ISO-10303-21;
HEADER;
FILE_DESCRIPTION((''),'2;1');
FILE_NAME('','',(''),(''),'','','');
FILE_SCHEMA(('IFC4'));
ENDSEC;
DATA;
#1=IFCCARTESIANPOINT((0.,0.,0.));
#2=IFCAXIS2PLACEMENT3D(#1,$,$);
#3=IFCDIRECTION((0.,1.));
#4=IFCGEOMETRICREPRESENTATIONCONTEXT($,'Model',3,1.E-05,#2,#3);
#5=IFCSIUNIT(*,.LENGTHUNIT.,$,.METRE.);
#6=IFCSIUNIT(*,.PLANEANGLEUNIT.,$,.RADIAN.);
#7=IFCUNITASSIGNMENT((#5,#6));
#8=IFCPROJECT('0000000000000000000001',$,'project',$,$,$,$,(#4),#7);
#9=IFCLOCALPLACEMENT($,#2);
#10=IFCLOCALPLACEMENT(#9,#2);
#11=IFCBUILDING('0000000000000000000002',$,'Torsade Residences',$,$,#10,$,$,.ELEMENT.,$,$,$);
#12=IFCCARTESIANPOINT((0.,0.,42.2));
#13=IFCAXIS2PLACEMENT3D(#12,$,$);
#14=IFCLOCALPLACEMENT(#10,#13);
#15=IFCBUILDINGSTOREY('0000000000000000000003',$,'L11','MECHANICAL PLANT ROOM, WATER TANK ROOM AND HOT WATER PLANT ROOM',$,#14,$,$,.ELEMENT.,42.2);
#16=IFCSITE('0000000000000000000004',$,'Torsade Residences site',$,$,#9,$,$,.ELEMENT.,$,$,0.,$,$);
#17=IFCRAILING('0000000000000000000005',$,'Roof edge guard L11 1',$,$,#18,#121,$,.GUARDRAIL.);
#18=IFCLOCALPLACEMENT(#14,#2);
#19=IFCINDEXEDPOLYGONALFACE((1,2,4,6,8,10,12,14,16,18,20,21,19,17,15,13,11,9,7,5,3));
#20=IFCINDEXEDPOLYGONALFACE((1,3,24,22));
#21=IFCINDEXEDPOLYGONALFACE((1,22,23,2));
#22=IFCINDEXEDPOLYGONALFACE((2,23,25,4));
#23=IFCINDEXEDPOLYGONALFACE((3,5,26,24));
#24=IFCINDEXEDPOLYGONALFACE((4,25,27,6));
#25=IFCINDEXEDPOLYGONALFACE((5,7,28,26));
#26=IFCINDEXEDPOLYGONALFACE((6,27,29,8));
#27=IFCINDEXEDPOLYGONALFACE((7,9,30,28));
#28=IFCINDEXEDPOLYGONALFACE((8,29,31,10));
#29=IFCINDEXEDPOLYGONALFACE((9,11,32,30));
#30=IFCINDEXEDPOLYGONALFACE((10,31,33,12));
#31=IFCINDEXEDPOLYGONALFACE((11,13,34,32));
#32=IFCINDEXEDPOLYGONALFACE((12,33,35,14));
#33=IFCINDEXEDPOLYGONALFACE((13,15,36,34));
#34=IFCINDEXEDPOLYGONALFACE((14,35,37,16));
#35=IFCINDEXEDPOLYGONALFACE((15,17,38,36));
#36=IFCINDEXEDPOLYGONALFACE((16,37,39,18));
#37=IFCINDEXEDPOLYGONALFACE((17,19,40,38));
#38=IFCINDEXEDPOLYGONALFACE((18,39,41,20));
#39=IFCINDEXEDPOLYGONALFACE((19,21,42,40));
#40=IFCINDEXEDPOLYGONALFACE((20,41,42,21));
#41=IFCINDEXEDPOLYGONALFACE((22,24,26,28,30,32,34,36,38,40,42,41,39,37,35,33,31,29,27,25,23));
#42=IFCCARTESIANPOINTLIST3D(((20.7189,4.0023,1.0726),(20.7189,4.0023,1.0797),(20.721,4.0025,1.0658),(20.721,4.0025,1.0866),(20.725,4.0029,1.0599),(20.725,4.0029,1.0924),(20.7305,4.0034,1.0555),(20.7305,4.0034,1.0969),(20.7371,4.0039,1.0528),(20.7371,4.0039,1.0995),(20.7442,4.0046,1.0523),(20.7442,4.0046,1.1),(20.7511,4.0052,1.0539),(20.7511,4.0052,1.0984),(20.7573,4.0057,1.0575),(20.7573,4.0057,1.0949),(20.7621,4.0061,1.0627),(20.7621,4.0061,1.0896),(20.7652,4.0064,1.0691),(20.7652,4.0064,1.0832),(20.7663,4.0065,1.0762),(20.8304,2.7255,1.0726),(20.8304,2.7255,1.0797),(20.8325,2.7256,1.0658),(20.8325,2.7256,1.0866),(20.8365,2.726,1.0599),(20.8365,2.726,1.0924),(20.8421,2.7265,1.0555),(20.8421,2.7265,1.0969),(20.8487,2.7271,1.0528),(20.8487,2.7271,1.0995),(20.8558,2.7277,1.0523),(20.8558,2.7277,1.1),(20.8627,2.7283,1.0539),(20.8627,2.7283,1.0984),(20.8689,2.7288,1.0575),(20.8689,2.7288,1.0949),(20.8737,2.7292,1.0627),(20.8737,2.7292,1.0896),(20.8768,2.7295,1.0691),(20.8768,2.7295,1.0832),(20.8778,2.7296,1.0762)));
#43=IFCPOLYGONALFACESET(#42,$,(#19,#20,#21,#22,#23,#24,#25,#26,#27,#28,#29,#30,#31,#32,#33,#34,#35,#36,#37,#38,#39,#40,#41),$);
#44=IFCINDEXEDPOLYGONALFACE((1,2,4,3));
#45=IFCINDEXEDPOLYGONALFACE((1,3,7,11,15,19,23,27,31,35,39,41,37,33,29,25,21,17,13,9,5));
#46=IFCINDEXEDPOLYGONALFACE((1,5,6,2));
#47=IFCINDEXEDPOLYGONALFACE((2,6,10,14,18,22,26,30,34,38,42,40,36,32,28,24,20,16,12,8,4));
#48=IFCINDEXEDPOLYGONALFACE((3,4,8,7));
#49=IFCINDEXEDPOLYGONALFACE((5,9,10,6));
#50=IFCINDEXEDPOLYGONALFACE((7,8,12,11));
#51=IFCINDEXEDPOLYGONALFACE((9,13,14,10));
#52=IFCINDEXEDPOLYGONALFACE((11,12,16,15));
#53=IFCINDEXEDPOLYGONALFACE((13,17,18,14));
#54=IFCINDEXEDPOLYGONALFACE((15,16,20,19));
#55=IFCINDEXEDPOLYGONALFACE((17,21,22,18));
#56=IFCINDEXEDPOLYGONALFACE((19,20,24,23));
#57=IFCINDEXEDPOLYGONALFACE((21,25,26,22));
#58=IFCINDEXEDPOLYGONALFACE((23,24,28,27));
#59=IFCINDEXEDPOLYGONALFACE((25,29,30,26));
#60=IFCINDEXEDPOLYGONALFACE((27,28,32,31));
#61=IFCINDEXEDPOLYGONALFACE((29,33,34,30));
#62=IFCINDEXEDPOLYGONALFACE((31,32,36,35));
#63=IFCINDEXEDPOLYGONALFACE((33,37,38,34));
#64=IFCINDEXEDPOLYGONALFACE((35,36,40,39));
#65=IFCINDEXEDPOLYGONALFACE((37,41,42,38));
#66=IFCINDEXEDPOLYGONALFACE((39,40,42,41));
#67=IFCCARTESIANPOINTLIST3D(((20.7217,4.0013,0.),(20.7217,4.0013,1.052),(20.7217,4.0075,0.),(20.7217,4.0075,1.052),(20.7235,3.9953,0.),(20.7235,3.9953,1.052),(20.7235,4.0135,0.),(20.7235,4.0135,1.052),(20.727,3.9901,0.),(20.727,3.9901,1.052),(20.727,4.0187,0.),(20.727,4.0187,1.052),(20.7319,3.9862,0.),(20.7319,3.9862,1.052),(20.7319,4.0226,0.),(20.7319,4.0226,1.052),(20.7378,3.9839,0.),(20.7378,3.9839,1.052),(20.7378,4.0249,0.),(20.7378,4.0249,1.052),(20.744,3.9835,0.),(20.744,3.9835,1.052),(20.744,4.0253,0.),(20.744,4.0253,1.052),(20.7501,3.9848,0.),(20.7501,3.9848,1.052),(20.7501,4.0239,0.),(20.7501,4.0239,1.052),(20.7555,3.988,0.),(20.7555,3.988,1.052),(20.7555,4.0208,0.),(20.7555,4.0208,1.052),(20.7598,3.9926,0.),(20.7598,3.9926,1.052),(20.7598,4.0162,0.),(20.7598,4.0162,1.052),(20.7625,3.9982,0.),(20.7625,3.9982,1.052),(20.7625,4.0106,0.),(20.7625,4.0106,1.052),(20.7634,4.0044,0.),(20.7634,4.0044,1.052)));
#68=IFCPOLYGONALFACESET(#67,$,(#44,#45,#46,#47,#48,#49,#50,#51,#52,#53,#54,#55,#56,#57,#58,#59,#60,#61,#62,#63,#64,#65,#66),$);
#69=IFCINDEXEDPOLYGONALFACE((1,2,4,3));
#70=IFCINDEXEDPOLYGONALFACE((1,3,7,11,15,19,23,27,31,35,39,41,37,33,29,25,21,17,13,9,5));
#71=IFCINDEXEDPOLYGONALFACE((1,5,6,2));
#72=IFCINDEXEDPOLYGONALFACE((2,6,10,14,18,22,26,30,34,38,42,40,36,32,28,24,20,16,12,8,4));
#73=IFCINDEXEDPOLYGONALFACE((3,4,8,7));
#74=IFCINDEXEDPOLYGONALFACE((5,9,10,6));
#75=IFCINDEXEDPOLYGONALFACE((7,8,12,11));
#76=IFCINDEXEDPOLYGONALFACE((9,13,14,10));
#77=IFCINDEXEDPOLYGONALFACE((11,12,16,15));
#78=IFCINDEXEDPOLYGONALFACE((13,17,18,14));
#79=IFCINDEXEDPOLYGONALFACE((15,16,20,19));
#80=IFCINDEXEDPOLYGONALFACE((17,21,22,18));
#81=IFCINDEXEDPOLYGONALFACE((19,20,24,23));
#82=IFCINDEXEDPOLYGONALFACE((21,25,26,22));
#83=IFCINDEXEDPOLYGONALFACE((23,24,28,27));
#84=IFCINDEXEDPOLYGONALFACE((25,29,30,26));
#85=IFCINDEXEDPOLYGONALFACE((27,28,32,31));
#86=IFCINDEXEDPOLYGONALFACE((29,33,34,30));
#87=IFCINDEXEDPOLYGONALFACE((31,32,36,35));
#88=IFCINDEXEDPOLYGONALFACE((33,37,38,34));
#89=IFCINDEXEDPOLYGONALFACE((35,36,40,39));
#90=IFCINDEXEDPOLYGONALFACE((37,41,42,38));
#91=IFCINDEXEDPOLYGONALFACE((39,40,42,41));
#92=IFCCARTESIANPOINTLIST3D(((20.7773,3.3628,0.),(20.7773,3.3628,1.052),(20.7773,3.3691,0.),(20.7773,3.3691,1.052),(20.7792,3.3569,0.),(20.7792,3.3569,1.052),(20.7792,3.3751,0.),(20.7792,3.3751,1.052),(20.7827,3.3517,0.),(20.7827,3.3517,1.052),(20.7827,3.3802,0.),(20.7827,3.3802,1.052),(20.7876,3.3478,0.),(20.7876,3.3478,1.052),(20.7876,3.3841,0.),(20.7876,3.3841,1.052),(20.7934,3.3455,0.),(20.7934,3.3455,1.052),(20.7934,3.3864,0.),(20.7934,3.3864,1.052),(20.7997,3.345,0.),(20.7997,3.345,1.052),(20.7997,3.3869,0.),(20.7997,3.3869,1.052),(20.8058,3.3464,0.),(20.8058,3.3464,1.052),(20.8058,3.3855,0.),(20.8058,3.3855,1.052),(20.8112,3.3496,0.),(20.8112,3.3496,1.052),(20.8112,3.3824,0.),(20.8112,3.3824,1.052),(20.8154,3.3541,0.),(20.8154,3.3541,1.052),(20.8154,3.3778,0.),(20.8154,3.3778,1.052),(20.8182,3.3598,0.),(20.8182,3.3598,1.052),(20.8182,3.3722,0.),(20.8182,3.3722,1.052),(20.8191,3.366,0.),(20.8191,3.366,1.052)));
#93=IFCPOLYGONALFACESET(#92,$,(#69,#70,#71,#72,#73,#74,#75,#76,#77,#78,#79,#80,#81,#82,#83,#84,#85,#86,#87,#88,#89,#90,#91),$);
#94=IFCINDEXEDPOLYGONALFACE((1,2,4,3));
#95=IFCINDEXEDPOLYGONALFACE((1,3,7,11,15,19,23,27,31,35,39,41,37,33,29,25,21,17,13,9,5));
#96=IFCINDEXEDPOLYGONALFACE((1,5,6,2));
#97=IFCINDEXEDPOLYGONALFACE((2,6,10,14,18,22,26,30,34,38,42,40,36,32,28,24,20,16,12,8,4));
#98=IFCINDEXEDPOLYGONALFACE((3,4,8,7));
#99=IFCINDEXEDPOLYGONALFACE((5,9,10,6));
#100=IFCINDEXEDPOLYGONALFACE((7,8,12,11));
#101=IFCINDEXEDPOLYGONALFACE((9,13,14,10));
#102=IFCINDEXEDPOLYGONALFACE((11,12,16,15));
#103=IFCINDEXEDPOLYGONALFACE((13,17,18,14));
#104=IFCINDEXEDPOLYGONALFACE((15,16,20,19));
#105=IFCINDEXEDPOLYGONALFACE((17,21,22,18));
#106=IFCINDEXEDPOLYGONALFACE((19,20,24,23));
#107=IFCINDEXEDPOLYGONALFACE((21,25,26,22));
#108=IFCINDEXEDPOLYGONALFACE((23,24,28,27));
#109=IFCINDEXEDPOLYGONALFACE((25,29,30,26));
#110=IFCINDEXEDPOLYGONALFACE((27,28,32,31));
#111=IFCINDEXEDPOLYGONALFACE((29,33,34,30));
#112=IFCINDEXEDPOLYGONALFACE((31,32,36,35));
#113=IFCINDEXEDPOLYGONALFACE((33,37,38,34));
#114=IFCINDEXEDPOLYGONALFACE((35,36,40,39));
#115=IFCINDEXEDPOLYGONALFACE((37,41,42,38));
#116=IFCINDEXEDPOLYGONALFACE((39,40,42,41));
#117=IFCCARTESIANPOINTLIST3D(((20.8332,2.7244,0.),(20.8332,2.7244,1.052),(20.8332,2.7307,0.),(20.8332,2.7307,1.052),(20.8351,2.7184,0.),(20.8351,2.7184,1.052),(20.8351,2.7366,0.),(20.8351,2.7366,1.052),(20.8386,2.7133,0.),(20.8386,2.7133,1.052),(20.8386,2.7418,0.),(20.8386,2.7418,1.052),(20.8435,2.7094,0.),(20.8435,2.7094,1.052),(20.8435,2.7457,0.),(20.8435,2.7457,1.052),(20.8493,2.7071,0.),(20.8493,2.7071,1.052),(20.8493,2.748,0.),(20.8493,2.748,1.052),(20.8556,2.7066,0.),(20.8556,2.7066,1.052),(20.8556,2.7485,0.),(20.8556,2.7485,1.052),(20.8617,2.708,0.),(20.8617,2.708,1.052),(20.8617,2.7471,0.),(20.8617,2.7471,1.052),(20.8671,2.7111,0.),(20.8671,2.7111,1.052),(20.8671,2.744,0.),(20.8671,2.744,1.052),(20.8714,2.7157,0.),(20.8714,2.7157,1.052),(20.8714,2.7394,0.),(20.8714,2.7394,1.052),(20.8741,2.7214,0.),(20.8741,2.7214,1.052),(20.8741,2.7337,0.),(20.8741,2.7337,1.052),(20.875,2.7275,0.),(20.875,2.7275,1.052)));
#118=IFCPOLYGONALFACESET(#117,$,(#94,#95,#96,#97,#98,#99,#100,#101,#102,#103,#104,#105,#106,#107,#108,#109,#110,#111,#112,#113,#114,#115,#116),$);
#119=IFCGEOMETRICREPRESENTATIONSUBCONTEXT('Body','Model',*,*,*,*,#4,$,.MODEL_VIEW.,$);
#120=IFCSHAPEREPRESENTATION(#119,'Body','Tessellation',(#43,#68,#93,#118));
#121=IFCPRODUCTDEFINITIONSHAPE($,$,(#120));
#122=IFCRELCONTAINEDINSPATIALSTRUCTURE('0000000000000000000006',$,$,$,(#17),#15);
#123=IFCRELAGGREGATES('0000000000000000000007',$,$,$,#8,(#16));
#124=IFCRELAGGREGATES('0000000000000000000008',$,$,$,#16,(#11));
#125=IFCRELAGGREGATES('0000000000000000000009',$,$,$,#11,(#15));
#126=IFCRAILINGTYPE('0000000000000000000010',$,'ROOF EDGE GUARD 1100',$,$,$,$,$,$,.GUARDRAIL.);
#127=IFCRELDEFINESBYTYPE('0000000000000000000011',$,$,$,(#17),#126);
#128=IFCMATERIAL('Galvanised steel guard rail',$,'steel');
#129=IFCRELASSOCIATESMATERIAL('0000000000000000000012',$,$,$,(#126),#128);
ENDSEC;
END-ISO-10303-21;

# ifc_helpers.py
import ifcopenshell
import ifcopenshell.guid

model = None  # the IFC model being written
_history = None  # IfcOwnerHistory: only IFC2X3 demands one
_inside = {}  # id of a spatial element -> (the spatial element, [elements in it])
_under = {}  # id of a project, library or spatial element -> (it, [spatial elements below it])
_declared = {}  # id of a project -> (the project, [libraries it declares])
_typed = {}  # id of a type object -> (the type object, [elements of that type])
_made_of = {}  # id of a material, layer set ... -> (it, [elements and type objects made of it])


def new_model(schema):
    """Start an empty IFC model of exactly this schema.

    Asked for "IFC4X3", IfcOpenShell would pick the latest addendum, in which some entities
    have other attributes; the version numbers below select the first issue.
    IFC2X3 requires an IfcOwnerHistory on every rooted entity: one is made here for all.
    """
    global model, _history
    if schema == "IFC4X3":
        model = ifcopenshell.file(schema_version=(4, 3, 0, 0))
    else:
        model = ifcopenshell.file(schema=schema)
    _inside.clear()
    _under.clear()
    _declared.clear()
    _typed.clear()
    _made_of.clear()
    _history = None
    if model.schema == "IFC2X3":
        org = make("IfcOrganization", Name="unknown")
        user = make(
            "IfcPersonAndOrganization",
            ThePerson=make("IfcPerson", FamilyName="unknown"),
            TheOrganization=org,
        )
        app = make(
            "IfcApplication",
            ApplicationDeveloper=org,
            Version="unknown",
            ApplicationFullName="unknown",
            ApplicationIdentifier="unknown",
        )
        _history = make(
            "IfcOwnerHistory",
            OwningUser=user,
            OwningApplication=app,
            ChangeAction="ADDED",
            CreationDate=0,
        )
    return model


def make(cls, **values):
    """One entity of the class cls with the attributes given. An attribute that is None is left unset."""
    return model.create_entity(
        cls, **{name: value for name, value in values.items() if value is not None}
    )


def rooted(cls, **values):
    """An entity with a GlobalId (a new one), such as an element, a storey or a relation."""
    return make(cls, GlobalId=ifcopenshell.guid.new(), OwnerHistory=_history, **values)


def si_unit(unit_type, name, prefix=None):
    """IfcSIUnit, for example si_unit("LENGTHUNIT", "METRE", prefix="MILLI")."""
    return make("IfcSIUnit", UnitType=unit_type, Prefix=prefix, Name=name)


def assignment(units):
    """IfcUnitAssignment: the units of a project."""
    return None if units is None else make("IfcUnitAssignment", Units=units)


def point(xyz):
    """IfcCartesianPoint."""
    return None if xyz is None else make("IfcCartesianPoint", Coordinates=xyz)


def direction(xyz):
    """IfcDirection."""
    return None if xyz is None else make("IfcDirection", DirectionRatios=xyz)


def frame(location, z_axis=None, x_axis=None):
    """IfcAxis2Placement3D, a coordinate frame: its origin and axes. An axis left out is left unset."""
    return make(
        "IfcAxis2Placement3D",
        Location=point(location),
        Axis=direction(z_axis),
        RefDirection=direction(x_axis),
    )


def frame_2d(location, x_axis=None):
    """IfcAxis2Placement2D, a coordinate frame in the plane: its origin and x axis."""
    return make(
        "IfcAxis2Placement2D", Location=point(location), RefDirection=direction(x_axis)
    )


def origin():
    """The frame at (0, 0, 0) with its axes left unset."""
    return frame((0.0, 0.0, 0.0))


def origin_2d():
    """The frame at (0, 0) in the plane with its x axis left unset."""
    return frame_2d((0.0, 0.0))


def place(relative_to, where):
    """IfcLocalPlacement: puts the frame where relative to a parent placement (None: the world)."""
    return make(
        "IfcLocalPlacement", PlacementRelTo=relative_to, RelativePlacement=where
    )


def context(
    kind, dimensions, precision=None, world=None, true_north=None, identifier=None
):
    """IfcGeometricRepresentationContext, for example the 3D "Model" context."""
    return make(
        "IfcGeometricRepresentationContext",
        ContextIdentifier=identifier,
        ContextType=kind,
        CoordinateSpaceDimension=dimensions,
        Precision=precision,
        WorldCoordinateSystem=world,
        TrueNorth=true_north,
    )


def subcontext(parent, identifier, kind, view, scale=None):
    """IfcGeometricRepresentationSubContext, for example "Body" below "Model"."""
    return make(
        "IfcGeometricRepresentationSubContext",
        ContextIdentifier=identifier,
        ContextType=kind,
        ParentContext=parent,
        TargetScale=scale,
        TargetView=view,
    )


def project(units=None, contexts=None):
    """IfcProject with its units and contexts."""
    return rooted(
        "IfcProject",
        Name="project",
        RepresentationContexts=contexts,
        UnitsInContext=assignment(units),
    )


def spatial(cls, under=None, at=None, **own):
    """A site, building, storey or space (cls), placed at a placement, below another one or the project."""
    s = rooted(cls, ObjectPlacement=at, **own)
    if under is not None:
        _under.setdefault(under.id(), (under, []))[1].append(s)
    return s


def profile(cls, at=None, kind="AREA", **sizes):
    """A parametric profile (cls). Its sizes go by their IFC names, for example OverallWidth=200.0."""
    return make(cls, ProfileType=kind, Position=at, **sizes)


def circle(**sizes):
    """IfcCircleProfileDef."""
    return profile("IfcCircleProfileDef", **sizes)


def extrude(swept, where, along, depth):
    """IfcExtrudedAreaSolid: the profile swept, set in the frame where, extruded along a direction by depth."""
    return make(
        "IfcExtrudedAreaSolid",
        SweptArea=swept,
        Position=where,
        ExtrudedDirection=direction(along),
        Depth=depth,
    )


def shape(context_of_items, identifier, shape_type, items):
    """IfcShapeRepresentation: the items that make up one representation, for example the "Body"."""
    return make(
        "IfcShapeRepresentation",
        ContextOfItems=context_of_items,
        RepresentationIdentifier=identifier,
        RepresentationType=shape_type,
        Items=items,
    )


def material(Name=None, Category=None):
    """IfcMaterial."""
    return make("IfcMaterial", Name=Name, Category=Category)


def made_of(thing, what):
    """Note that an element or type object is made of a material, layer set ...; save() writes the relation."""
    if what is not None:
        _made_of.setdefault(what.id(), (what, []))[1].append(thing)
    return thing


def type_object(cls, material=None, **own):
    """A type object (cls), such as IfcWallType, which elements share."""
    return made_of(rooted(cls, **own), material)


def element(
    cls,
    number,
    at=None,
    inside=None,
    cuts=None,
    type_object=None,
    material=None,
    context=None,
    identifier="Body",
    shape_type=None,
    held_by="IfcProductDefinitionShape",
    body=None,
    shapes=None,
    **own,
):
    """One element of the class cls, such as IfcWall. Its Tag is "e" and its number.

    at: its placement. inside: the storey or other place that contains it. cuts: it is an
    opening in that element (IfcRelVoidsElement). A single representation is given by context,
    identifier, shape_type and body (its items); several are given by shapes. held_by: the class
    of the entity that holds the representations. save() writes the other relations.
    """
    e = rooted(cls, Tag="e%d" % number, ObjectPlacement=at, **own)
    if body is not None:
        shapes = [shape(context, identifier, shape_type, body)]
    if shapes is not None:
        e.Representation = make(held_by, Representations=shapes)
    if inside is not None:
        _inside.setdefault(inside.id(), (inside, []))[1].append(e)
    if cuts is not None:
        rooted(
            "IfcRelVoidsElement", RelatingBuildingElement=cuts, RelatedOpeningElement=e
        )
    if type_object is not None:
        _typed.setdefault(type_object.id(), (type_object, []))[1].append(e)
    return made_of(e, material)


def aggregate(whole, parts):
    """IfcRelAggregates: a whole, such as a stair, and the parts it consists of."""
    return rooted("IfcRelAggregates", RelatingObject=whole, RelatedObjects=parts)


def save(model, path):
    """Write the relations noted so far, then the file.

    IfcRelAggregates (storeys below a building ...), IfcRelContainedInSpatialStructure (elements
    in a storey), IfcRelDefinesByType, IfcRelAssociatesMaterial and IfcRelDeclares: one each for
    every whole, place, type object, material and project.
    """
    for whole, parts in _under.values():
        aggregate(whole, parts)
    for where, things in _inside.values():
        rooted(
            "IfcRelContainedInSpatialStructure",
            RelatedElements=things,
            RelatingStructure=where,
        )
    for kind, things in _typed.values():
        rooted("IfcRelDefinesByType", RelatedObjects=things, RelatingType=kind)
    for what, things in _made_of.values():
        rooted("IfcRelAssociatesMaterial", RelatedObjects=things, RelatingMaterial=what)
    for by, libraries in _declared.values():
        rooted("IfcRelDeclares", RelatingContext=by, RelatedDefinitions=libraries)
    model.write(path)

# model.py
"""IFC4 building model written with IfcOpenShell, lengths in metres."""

from ifc_helpers import new_model, si_unit, direction, frame, origin, origin_2d, place, context, subcontext, project, spatial, circle, extrude, material, type_object, element, save


model = new_model("IFC4")

# Units and contexts
model_context = context("Model", 3, precision=1e-05, world=origin(), true_north=direction((0.0, 1.0)))
body_context = subcontext(model_context, "Body", "Model", "MODEL_VIEW")
ifc_project = project(units=[si_unit("LENGTHUNIT", "METRE"), si_unit("PLANEANGLEUNIT", "RADIAN")], contexts=[model_context])

# Site, building, storey
site_placement = place(None, origin())
site = spatial("IfcSite", under=ifc_project, at=site_placement, Name="Torsade Residences site", CompositionType="ELEMENT", RefElevation=0.0)
building_placement = place(site_placement, origin())
building = spatial("IfcBuilding", under=site, at=building_placement, Name="Torsade Residences", CompositionType="ELEMENT")
storey_placement = place(building_placement, frame((0.0, 0.0, 42.2)))
storey = spatial("IfcBuildingStorey", under=building, at=storey_placement, Name="L11", Description="MECHANICAL PLANT ROOM, WATER TANK ROOM AND HOT WATER PLANT ROOM", CompositionType="ELEMENT", Elevation=42.2)

# Railing
ifc_material_1 = material(Name="Galvanised steel guard rail", Category="steel")
railing_type = type_object("IfcRailingType", Name="ROOF EDGE GUARD 1100", PredefinedType="GUARDRAIL", material=ifc_material_1)
railing_1_placement = place(storey_placement, frame((20.7424, 4.0044, 0.0)))
element("IfcRailing", 1, at=railing_1_placement, inside=storey, type_object=railing_type, Name="Roof edge guard L11 1", PredefinedType="GUARDRAIL", context=body_context, shape_type="SweptSolid", body=[
    extrude(circle(Radius=0.0239, at=origin_2d()), frame((0.0, 0.0, 1.0762), z_axis=(0.087049, -0.996204, 0.0), x_axis=(0.996204, 0.087049, 0.0)), (0.0, 0.0, 1.0), 1.2817),
    extrude(circle(Radius=0.021, at=origin_2d()), origin(), (0.0, 0.0, 1.0), 1.052),
    extrude(circle(Radius=0.021, at=origin_2d()), frame((0.0557, -0.6384, 0.0)), (0.0, 0.0, 1.0), 1.052),
    extrude(circle(Radius=0.021, at=origin_2d()), frame((0.1116, -1.2769, 0.0)), (0.0, 0.0, 1.0), 1.052),
])

save(model, "model.ifc")
